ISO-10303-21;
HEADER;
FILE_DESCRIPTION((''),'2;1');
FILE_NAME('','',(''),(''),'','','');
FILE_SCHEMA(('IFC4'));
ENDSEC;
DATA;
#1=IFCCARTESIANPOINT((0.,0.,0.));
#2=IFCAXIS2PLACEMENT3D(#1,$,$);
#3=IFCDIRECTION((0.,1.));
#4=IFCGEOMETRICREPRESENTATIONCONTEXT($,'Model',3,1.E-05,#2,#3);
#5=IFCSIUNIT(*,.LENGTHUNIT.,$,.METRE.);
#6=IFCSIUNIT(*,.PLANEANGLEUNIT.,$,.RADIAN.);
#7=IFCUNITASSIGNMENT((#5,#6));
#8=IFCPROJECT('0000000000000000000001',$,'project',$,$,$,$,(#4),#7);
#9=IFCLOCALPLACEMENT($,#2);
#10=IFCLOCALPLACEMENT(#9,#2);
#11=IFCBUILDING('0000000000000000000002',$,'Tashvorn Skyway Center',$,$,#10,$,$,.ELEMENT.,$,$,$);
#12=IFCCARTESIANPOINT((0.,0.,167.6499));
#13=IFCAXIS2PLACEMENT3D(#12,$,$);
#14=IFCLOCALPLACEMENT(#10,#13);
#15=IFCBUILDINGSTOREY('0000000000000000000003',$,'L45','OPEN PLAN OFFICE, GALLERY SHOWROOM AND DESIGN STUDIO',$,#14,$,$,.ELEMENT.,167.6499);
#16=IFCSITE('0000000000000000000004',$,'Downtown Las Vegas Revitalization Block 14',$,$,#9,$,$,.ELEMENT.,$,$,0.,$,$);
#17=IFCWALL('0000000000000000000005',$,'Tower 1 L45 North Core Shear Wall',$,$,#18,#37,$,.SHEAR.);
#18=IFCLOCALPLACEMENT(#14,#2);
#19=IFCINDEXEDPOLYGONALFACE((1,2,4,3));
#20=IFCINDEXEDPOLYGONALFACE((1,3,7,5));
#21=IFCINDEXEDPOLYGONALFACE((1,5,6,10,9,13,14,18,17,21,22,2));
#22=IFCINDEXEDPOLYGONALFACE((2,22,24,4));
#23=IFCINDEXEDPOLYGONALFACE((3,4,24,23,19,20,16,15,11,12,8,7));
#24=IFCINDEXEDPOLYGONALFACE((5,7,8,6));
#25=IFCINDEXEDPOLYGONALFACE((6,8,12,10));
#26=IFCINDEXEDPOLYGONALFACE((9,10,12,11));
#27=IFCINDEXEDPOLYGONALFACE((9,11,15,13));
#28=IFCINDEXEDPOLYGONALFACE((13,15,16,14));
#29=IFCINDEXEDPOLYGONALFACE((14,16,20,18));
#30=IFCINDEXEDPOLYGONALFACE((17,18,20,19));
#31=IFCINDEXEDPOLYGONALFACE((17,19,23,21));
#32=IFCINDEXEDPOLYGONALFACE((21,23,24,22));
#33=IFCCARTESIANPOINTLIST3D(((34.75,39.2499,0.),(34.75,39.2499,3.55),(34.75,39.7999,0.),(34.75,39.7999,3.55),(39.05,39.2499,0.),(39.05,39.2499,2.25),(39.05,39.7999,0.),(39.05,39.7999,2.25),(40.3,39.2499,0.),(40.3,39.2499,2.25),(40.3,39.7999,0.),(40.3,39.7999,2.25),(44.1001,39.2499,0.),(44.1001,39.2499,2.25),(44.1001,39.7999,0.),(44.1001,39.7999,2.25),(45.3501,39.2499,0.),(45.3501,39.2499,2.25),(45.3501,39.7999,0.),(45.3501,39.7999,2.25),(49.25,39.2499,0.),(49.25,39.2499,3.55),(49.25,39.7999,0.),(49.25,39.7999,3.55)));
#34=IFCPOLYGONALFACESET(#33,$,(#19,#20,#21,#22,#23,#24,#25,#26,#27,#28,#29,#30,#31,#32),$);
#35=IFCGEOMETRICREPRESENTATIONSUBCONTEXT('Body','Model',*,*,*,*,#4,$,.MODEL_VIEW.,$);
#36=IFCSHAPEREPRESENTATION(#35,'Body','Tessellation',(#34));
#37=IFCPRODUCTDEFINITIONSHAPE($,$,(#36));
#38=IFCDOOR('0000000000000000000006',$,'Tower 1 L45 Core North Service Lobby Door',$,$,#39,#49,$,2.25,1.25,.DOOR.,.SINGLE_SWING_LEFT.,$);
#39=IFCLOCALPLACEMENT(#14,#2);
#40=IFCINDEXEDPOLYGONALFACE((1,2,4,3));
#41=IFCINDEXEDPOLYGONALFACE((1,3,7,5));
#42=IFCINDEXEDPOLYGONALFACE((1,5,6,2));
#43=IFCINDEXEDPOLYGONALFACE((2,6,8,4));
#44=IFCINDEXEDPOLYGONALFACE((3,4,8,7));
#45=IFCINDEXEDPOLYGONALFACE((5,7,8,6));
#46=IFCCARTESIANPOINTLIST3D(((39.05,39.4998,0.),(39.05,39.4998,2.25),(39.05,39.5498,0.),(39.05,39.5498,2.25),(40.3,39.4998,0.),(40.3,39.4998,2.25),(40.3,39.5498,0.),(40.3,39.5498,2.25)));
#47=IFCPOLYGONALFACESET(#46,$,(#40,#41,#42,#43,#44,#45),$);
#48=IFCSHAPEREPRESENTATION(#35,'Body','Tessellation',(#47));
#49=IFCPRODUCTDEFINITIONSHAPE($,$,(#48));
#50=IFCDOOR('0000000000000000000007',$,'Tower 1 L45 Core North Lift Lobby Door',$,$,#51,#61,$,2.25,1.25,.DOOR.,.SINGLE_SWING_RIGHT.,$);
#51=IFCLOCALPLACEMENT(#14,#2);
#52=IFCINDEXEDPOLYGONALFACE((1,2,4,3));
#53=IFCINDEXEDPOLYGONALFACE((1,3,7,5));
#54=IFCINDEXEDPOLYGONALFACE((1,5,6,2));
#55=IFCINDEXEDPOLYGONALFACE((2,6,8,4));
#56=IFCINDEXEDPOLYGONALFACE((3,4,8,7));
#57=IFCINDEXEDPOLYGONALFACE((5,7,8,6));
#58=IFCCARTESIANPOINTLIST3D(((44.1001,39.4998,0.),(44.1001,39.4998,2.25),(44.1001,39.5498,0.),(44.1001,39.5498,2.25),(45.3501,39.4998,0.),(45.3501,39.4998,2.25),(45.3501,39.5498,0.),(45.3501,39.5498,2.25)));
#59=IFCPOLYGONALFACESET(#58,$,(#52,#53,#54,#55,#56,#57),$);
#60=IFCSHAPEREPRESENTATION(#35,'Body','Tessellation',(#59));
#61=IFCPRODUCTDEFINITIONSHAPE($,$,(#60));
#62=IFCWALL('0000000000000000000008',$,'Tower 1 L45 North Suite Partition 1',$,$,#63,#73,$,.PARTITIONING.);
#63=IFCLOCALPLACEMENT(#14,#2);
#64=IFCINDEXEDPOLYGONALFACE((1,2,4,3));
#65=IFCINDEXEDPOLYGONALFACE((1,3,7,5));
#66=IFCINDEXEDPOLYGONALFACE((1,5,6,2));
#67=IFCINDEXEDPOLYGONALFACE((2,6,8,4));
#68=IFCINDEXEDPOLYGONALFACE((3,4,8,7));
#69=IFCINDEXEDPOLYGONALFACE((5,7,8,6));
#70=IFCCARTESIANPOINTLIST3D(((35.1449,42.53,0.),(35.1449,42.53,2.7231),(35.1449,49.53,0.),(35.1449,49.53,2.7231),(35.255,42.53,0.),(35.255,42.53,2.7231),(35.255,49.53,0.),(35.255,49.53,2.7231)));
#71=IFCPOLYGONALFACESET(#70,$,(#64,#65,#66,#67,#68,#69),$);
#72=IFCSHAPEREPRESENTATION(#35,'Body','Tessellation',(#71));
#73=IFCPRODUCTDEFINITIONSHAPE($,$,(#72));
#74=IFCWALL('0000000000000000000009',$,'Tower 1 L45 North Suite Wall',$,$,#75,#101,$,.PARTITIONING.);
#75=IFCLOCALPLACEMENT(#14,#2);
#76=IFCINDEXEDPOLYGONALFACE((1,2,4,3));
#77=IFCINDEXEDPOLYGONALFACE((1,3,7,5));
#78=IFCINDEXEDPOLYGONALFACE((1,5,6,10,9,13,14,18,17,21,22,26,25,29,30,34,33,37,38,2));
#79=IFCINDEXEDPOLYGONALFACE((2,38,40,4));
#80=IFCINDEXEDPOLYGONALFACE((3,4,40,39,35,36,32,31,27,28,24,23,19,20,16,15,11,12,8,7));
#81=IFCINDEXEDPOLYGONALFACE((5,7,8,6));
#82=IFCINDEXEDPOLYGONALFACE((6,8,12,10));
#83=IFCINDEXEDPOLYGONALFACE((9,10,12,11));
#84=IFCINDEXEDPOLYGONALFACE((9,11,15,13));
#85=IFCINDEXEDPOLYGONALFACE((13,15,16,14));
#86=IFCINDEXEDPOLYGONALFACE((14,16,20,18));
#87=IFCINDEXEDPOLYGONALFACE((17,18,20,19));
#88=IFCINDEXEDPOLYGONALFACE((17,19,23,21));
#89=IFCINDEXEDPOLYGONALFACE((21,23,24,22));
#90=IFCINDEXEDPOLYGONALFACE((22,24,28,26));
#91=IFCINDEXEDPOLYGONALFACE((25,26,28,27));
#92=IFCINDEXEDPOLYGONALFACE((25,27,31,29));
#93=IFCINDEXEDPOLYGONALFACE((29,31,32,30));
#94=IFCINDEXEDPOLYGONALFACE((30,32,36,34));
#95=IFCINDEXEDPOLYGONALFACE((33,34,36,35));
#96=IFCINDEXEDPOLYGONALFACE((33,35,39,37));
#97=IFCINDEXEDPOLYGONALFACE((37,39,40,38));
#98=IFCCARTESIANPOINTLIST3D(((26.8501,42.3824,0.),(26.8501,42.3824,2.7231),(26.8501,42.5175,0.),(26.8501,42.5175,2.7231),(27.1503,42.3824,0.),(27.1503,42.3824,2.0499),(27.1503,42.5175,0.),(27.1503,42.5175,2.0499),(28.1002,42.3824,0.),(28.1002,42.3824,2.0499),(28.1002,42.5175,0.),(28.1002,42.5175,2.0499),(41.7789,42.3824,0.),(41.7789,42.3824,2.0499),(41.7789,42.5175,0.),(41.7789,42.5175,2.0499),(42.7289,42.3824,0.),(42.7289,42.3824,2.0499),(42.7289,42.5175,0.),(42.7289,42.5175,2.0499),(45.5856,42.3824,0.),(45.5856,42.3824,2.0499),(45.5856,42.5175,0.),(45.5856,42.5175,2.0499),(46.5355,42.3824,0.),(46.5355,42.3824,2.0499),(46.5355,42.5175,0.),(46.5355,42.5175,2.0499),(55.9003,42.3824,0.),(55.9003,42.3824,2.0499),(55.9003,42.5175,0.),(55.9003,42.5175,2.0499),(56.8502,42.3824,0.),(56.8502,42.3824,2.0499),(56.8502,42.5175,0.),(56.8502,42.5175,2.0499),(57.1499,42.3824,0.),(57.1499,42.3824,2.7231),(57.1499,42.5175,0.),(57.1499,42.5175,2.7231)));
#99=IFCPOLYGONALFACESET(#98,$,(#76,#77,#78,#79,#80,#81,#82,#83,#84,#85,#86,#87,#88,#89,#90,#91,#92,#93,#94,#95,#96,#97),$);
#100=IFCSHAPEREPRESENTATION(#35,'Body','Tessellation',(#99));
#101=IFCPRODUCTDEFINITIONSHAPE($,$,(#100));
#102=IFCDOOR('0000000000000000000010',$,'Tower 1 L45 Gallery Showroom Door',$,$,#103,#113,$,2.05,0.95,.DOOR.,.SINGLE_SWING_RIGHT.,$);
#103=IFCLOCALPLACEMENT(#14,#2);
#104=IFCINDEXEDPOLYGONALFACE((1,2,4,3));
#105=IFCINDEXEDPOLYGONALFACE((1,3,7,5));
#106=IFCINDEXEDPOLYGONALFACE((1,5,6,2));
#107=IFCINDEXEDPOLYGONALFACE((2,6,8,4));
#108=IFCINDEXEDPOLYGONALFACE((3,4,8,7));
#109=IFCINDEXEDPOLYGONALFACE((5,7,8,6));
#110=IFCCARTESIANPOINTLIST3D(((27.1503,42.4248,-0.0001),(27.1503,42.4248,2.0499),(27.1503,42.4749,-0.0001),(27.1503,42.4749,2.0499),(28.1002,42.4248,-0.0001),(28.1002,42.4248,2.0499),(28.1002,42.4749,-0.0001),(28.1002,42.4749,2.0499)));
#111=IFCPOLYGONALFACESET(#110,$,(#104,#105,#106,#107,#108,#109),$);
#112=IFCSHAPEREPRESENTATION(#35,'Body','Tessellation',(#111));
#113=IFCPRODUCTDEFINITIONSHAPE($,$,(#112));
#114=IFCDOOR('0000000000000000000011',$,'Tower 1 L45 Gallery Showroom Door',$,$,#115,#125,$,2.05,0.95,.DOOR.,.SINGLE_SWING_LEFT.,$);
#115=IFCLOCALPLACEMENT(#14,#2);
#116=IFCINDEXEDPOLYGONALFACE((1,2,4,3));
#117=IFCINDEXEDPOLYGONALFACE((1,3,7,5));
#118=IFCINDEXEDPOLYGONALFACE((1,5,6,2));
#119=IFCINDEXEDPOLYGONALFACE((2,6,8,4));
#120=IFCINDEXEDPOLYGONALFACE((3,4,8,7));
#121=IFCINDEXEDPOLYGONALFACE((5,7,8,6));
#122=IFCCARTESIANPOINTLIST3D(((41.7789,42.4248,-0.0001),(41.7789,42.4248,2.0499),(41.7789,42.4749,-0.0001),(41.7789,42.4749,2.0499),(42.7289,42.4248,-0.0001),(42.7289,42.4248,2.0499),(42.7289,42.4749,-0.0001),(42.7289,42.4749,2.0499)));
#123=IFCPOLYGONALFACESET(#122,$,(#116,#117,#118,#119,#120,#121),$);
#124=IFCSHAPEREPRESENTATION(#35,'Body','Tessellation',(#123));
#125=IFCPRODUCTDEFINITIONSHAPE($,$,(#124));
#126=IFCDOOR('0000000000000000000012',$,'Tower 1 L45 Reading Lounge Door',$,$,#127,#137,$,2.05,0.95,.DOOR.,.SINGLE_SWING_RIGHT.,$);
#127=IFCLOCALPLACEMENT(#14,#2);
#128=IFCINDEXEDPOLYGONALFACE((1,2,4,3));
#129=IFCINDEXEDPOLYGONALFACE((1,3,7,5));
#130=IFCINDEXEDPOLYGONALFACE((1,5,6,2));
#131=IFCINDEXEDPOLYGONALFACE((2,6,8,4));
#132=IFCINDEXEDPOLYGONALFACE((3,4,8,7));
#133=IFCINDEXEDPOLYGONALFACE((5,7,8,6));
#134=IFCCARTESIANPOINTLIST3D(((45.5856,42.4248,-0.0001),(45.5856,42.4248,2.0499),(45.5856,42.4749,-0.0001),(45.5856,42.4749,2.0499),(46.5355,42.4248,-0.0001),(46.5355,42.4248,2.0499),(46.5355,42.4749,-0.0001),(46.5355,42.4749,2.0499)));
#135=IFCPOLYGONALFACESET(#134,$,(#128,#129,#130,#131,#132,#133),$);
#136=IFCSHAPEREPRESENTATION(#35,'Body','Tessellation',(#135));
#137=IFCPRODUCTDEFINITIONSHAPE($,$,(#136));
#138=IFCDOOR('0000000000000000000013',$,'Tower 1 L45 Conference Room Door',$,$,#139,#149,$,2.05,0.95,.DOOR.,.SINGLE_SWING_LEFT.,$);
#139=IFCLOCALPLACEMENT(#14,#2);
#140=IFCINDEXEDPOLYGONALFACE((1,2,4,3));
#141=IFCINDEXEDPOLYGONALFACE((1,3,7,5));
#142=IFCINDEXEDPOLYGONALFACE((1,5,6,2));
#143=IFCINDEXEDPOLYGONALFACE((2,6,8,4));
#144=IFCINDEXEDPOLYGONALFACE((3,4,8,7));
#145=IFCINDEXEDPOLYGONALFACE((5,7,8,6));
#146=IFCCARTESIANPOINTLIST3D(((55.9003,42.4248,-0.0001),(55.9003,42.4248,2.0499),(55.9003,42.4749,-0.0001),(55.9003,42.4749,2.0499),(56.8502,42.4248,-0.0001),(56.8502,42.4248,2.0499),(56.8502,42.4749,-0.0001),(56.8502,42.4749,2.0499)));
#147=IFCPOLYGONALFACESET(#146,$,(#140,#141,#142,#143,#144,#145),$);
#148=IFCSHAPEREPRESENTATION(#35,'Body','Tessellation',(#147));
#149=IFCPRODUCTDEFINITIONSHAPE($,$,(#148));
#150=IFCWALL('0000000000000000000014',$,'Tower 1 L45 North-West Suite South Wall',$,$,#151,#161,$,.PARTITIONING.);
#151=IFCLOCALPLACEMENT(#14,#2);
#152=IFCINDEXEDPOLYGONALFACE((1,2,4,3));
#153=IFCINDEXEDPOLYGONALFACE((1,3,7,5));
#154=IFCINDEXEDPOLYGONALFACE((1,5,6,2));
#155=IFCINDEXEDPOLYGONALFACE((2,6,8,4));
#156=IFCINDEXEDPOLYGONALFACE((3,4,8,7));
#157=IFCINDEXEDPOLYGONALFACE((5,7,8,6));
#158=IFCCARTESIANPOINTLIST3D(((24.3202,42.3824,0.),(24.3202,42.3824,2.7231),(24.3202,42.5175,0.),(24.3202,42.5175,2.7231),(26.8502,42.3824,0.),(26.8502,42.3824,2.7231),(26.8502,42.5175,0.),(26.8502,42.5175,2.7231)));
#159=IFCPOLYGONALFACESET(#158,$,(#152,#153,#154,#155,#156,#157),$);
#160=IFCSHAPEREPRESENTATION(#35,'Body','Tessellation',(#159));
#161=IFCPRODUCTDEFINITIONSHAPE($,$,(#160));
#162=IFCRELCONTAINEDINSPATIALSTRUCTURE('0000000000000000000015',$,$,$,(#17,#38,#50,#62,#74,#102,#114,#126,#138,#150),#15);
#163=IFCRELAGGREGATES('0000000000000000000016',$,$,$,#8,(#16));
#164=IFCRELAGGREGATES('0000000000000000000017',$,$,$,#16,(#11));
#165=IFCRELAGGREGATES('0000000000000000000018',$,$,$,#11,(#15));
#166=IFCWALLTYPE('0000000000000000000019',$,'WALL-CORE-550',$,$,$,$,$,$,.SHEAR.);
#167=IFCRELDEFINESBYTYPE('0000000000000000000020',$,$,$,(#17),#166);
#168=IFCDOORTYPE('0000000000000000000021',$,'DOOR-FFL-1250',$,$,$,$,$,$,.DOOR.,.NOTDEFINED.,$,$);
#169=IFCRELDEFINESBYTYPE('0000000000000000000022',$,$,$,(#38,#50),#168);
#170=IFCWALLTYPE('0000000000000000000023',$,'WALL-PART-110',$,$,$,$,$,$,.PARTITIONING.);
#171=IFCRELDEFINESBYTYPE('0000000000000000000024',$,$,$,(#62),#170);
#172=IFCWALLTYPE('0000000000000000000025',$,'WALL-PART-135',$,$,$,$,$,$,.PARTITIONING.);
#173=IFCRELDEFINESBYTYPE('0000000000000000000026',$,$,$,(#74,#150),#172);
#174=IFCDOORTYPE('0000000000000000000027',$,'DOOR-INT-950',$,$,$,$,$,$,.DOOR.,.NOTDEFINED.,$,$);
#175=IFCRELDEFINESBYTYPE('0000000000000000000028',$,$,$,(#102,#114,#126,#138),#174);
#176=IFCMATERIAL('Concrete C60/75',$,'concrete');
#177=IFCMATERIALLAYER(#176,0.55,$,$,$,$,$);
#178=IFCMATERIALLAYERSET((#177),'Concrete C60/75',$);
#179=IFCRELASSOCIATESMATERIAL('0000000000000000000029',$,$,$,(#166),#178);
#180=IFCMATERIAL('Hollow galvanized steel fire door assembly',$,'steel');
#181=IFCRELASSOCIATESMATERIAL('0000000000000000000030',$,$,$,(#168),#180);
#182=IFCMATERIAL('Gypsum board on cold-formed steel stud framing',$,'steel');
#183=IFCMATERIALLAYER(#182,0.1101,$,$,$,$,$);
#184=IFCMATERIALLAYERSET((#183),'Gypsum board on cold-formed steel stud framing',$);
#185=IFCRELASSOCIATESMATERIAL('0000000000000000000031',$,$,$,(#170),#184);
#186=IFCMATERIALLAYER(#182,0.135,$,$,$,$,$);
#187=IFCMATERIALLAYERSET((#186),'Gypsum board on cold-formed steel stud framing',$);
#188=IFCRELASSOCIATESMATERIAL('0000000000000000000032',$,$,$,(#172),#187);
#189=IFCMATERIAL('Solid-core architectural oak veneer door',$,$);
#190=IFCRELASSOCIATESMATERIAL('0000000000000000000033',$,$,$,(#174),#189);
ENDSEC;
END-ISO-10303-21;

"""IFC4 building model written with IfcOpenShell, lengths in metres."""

from ifc_helpers import new_model, si_unit, direction, frame, frame_2d, origin, place, context, subcontext, project, spatial, rectangle, extrude, material, layer, layer_set, type_object, element, fill, save


model = new_model("IFC4")

# Units and contexts
model_context = context("Model", 3, precision=1e-05, world=origin(), true_north=direction((0.0, 1.0)))
body_context = subcontext(model_context, "Body", "Model", "MODEL_VIEW")
ifc_project = project(units=[si_unit("LENGTHUNIT", "METRE"), si_unit("PLANEANGLEUNIT", "RADIAN")], contexts=[model_context])

# Site, building, storey
site_placement = place(None, origin())
site = spatial("IfcSite", under=ifc_project, at=site_placement, Name="Downtown Las Vegas Revitalization Block 14", CompositionType="ELEMENT", RefElevation=0.0)
building_placement = place(site_placement, origin())
building = spatial("IfcBuilding", under=site, at=building_placement, Name="Tashvorn Skyway Center", CompositionType="ELEMENT")
storey_placement = place(building_placement, frame((0.0, 0.0, 167.6499)))
storey = spatial("IfcBuildingStorey", under=building, at=storey_placement, Name="L45", Description="OPEN PLAN OFFICE, GALLERY SHOWROOM AND DESIGN STUDIO", CompositionType="ELEMENT", Elevation=167.6499)

# Wall, openings, doors
ifc_material_1 = material(Name="Concrete C60/75", Category="concrete")
ifc_layer_1 = layer(ifc_material_1, 0.55)
ifc_layer_set_1 = layer_set([ifc_layer_1], Name="Concrete C60/75")
wall_type_1 = type_object("IfcWallType", Name="WALL-CORE-550", PredefinedType="SHEAR", material=ifc_layer_set_1)
wall_1_placement = place(storey_placement, frame((34.75, 39.5249, 0.0), z_axis=(0.0, 0.0, 1.0), x_axis=(1.0, 0.0, 0.0)))
wall_1 = element("IfcWall", 1, at=wall_1_placement, inside=storey, type_object=wall_type_1, Name="Tower 1 L45 North Core Shear Wall", PredefinedType="SHEAR", context=body_context, shape_type="SweptSolid", body=[
    extrude(rectangle(XDim=14.5, YDim=0.55, at=frame_2d((7.25, 0.0))), origin(), (0.0, 0.0, 1.0), 3.55),
])
opening_1_placement = place(wall_1_placement, frame((4.3, 0.0, 0.0)))
opening_1 = element("IfcOpeningElement", 2, at=opening_1_placement, cuts=wall_1, PredefinedType="OPENING", context=body_context, shape_type="SweptSolid", body=[
    extrude(rectangle(XDim=1.25, YDim=2.25, at=frame_2d((0.625, 1.125))), frame((0.0, 0.2849, 0.0), z_axis=(0.0, -1.0, 0.0), x_axis=(1.0, 0.0, 0.0)), (0.0, 0.0, 1.0), 0.5701),
])
opening_2_placement = place(wall_1_placement, frame((9.3501, 0.0, 0.0)))
opening_2 = element("IfcOpeningElement", 3, at=opening_2_placement, cuts=wall_1, PredefinedType="OPENING", context=body_context, shape_type="SweptSolid", body=[
    extrude(rectangle(XDim=1.25, YDim=2.25, at=frame_2d((0.625, 1.125))), frame((0.0, 0.2849, 0.0), z_axis=(0.0, -1.0, 0.0), x_axis=(1.0, 0.0, 0.0)), (0.0, 0.0, 1.0), 0.5701),
])
ifc_material_2 = material(Name="Hollow galvanized steel fire door assembly", Category="steel")
door_type_1 = type_object("IfcDoorType", Name="DOOR-FFL-1250", OperationType="NOTDEFINED", PredefinedType="DOOR", material=ifc_material_2)
door_1_placement = place(opening_1_placement, origin())
door_1 = element("IfcDoor", 4, at=door_1_placement, inside=storey, type_object=door_type_1, Name="Tower 1 L45 Core North Service Lobby Door", OperationType="SINGLE_SWING_LEFT", OverallHeight=2.25, OverallWidth=1.25, PredefinedType="DOOR", context=body_context, shape_type="SweptSolid", body=[
    extrude(rectangle(XDim=1.25, YDim=2.25, at=frame_2d((0.625, 1.125))), frame((0.0, 0.0249, 0.0), z_axis=(0.0, -1.0, 0.0), x_axis=(1.0, 0.0, 0.0)), (0.0, 0.0, 1.0), 0.05),
])
fill(opening_1, door_1)
door_2_placement = place(opening_2_placement, origin())
door_2 = element("IfcDoor", 5, at=door_2_placement, inside=storey, type_object=door_type_1, Name="Tower 1 L45 Core North Lift Lobby Door", OperationType="SINGLE_SWING_RIGHT", OverallHeight=2.25, OverallWidth=1.25, PredefinedType="DOOR", context=body_context, shape_type="SweptSolid", body=[
    extrude(rectangle(XDim=1.25, YDim=2.25, at=frame_2d((0.625, 1.125))), frame((0.0, 0.0249, 0.0), z_axis=(0.0, -1.0, 0.0), x_axis=(1.0, 0.0, 0.0)), (0.0, 0.0, 1.0), 0.05),
])
fill(opening_2, door_2)

# Wall
ifc_material_3 = material(Name="Gypsum board on cold-formed steel stud framing", Category="steel")
ifc_layer_2 = layer(ifc_material_3, 0.1101)
ifc_layer_set_2 = layer_set([ifc_layer_2], Name="Gypsum board on cold-formed steel stud framing")
wall_type_2 = type_object("IfcWallType", Name="WALL-PART-110", PredefinedType="PARTITIONING", material=ifc_layer_set_2)
wall_2_placement = place(storey_placement, frame((35.2, 42.53, 0.0), z_axis=(0.0, 0.0, 1.0), x_axis=(0.0, 1.0, 0.0)))
element("IfcWall", 6, at=wall_2_placement, inside=storey, type_object=wall_type_2, Name="Tower 1 L45 North Suite Partition 1", PredefinedType="PARTITIONING", context=body_context, shape_type="SweptSolid", body=[
    extrude(rectangle(XDim=7.0, YDim=0.1101, at=frame_2d((3.5, 0.0))), origin(), (0.0, 0.0, 1.0), 2.7231),
])

# Wall, openings, doors
ifc_layer_3 = layer(ifc_material_3, 0.135)
ifc_layer_set_3 = layer_set([ifc_layer_3], Name="Gypsum board on cold-formed steel stud framing")
wall_type_3 = type_object("IfcWallType", Name="WALL-PART-135", PredefinedType="PARTITIONING", material=ifc_layer_set_3)
wall_3_placement = place(storey_placement, frame((26.8501, 42.45, 0.0), z_axis=(0.0, 0.0, 1.0), x_axis=(1.0, 0.0, 0.0)))
wall_3 = element("IfcWall", 7, at=wall_3_placement, inside=storey, type_object=wall_type_3, Name="Tower 1 L45 North Suite Wall", PredefinedType="PARTITIONING", context=body_context, shape_type="SweptSolid", body=[
    extrude(rectangle(XDim=30.2998, YDim=0.135, at=frame_2d((15.1499, 0.0))), origin(), (0.0, 0.0, 1.0), 2.7231),
])
opening_3_placement = place(wall_3_placement, frame((0.3, 0.0, 0.0)))
opening_3 = element("IfcOpeningElement", 8, at=opening_3_placement, cuts=wall_3, PredefinedType="OPENING", context=body_context, shape_type="SweptSolid", body=[
    extrude(rectangle(XDim=0.95, YDim=2.05, at=frame_2d((0.4751, 1.0249))), frame((0.0, 0.0774, 0.0), z_axis=(0.0, -1.0, 0.0), x_axis=(1.0, 0.0, 0.0)), (0.0, 0.0, 1.0), 0.155),
])
opening_4_placement = place(wall_3_placement, frame((14.9287, 0.0, 0.0)))
opening_4 = element("IfcOpeningElement", 9, at=opening_4_placement, cuts=wall_3, PredefinedType="OPENING", context=body_context, shape_type="SweptSolid", body=[
    extrude(rectangle(XDim=0.95, YDim=2.05, at=frame_2d((0.4751, 1.0249))), frame((0.0, 0.0774, 0.0), z_axis=(0.0, -1.0, 0.0), x_axis=(1.0, 0.0, 0.0)), (0.0, 0.0, 1.0), 0.155),
])
opening_5_placement = place(wall_3_placement, frame((18.7354, 0.0, 0.0)))
opening_5 = element("IfcOpeningElement", 10, at=opening_5_placement, cuts=wall_3, PredefinedType="OPENING", context=body_context, shape_type="SweptSolid", body=[
    extrude(rectangle(XDim=0.95, YDim=2.05, at=frame_2d((0.4751, 1.0249))), frame((0.0, 0.0774, 0.0), z_axis=(0.0, -1.0, 0.0), x_axis=(1.0, 0.0, 0.0)), (0.0, 0.0, 1.0), 0.155),
])
opening_6_placement = place(wall_3_placement, frame((29.05, 0.0, 0.0)))
opening_6 = element("IfcOpeningElement", 11, at=opening_6_placement, cuts=wall_3, PredefinedType="OPENING", context=body_context, shape_type="SweptSolid", body=[
    extrude(rectangle(XDim=0.95, YDim=2.05, at=frame_2d((0.4751, 1.0249))), frame((0.0, 0.0774, 0.0), z_axis=(0.0, -1.0, 0.0), x_axis=(1.0, 0.0, 0.0)), (0.0, 0.0, 1.0), 0.155),
])
ifc_material_4 = material(Name="Solid-core architectural oak veneer door")
door_type_2 = type_object("IfcDoorType", Name="DOOR-INT-950", OperationType="NOTDEFINED", PredefinedType="DOOR", material=ifc_material_4)
door_3_placement = place(opening_3_placement, origin())
door_3 = element("IfcDoor", 12, at=door_3_placement, inside=storey, type_object=door_type_2, Name="Tower 1 L45 Gallery Showroom Door", OperationType="SINGLE_SWING_RIGHT", OverallHeight=2.05, OverallWidth=0.95, PredefinedType="DOOR", context=body_context, shape_type="SweptSolid", body=[
    extrude(rectangle(XDim=0.95, YDim=2.05, at=frame_2d((0.4751, 1.0249))), frame((0.0, 0.0249, 0.0), z_axis=(0.0, -1.0, 0.0), x_axis=(1.0, 0.0, 0.0)), (0.0, 0.0, 1.0), 0.05),
])
fill(opening_3, door_3)
door_4_placement = place(opening_4_placement, origin())
door_4 = element("IfcDoor", 13, at=door_4_placement, inside=storey, type_object=door_type_2, Name="Tower 1 L45 Gallery Showroom Door", OperationType="SINGLE_SWING_LEFT", OverallHeight=2.05, OverallWidth=0.95, PredefinedType="DOOR", context=body_context, shape_type="SweptSolid", body=[
    extrude(rectangle(XDim=0.95, YDim=2.05, at=frame_2d((0.4751, 1.0249))), frame((0.0, 0.0249, 0.0), z_axis=(0.0, -1.0, 0.0), x_axis=(1.0, 0.0, 0.0)), (0.0, 0.0, 1.0), 0.05),
])
fill(opening_4, door_4)
door_5_placement = place(opening_5_placement, origin())
door_5 = element("IfcDoor", 14, at=door_5_placement, inside=storey, type_object=door_type_2, Name="Tower 1 L45 Reading Lounge Door", OperationType="SINGLE_SWING_RIGHT", OverallHeight=2.05, OverallWidth=0.95, PredefinedType="DOOR", context=body_context, shape_type="SweptSolid", body=[
    extrude(rectangle(XDim=0.95, YDim=2.05, at=frame_2d((0.4751, 1.0249))), frame((0.0, 0.0249, 0.0), z_axis=(0.0, -1.0, 0.0), x_axis=(1.0, 0.0, 0.0)), (0.0, 0.0, 1.0), 0.05),
])
fill(opening_5, door_5)
door_6_placement = place(opening_6_placement, origin())
door_6 = element("IfcDoor", 15, at=door_6_placement, inside=storey, type_object=door_type_2, Name="Tower 1 L45 Conference Room Door", OperationType="SINGLE_SWING_LEFT", OverallHeight=2.05, OverallWidth=0.95, PredefinedType="DOOR", context=body_context, shape_type="SweptSolid", body=[
    extrude(rectangle(XDim=0.95, YDim=2.05, at=frame_2d((0.4751, 1.0249))), frame((0.0, 0.0249, 0.0), z_axis=(0.0, -1.0, 0.0), x_axis=(1.0, 0.0, 0.0)), (0.0, 0.0, 1.0), 0.05),
])
fill(opening_6, door_6)

# Wall
wall_4_placement = place(storey_placement, frame((24.3201, 42.45, 0.0), z_axis=(0.0, 0.0, 1.0), x_axis=(1.0, 0.0, 0.0)))
element("IfcWall", 16, at=wall_4_placement, inside=storey, type_object=wall_type_3, Name="Tower 1 L45 North-West Suite South Wall", PredefinedType="PARTITIONING", context=body_context, shape_type="SweptSolid", body=[
    extrude(rectangle(XDim=2.53, YDim=0.135, at=frame_2d((1.2651, 0.0))), origin(), (0.0, 0.0, 1.0), 2.7231),
])

save(model, "model.ifc")
